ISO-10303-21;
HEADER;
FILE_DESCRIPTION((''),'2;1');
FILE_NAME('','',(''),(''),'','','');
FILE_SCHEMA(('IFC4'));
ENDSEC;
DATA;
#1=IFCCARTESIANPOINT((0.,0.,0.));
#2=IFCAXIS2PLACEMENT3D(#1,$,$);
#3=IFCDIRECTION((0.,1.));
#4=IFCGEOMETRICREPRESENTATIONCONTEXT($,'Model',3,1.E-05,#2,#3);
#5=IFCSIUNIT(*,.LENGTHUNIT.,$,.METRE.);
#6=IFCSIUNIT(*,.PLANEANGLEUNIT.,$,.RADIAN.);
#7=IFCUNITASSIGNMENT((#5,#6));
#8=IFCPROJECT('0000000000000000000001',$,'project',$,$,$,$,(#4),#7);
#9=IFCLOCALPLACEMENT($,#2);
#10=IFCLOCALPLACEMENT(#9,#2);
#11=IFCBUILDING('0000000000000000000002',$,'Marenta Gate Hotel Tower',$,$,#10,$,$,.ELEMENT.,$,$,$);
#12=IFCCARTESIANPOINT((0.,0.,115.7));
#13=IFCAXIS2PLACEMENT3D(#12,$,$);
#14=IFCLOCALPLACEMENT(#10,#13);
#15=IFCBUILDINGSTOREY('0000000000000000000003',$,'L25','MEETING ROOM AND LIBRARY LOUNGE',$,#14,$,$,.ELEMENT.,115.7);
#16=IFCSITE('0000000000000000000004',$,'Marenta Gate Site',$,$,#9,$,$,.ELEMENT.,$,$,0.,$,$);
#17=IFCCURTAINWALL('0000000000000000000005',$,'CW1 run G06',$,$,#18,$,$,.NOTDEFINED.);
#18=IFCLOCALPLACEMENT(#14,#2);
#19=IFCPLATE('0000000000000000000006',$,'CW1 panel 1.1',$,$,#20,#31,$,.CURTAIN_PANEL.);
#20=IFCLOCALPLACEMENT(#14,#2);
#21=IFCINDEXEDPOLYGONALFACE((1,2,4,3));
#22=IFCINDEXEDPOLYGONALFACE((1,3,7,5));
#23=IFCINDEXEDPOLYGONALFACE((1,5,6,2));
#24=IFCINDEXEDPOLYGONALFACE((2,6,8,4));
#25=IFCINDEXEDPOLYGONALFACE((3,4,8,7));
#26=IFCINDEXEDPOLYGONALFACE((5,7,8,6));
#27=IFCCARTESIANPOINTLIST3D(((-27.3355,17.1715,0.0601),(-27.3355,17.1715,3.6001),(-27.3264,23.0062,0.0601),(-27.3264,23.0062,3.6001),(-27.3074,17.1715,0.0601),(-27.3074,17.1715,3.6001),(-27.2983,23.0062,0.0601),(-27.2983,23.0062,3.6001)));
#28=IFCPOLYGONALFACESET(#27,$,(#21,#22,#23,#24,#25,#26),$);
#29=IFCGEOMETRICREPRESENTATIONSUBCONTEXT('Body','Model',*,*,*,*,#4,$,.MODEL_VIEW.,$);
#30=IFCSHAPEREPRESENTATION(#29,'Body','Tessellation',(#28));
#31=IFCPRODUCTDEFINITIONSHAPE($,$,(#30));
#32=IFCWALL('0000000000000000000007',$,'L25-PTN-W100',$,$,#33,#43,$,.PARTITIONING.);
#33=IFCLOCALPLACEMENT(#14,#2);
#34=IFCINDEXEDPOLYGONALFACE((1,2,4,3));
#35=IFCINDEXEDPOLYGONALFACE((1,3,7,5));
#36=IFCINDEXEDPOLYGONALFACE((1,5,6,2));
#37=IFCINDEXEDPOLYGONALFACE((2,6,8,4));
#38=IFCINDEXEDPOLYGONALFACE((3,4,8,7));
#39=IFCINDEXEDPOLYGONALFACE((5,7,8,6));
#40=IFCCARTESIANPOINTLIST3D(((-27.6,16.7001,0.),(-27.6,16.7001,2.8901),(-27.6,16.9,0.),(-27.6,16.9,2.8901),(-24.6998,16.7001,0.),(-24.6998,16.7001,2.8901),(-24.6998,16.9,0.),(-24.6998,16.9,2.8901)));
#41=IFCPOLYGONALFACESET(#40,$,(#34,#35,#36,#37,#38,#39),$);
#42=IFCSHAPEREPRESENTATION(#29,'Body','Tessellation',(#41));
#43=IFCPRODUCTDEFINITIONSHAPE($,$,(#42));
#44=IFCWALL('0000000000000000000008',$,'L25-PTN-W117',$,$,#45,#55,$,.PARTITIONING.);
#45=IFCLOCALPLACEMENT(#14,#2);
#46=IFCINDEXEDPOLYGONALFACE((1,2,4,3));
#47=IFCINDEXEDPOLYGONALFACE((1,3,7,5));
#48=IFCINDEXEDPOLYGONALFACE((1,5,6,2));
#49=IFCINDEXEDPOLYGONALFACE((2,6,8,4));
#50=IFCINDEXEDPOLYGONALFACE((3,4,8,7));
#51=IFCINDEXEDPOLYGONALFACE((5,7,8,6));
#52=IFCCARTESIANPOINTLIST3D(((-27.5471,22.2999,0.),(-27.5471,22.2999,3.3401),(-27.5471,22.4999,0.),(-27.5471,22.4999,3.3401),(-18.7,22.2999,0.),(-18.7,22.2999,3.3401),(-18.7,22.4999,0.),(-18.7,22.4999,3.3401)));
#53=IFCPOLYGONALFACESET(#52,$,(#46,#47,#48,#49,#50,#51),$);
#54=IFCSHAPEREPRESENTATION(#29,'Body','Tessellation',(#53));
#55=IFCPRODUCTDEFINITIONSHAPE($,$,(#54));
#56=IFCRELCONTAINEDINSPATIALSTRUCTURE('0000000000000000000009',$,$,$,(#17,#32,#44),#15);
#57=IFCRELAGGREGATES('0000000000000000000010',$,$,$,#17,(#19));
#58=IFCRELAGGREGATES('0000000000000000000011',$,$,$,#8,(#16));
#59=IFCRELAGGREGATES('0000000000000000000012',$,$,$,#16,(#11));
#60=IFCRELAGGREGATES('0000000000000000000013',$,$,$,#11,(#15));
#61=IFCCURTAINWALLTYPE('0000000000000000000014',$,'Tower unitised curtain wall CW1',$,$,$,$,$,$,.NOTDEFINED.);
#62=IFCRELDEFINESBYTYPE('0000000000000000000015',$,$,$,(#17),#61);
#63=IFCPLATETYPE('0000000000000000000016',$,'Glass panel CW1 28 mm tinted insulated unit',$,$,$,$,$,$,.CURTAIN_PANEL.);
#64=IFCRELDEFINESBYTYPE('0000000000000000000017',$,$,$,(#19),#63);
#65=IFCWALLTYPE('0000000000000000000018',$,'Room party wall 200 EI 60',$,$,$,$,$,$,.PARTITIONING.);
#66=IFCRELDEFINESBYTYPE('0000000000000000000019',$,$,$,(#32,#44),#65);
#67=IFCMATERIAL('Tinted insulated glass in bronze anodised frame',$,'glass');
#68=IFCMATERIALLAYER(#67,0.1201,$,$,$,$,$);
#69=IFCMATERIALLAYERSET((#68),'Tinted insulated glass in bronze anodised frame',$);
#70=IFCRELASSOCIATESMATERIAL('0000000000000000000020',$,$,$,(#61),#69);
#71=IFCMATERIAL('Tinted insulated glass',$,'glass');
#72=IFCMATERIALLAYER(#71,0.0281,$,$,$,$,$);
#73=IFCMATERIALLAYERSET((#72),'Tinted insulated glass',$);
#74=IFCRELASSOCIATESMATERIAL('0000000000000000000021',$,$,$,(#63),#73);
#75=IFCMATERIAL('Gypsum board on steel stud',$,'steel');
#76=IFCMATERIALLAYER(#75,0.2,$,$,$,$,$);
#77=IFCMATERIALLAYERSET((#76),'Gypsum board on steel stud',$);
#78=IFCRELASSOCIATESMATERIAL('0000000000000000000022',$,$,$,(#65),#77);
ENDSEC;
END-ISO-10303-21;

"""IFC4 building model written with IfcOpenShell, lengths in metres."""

from ifc_helpers import new_model, si_unit, direction, frame, frame_2d, origin, origin_2d, place, context, subcontext, project, spatial, rectangle, extrude, material, layer, layer_set, type_object, element, aggregate, save


model = new_model("IFC4")

# Units and contexts
model_context = context("Model", 3, precision=1e-05, world=origin(), true_north=direction((0.0, 1.0)))
body_context = subcontext(model_context, "Body", "Model", "MODEL_VIEW")
ifc_project = project(units=[si_unit("LENGTHUNIT", "METRE"), si_unit("PLANEANGLEUNIT", "RADIAN")], contexts=[model_context])

# Site, building, storey
site_placement = place(None, origin())
site = spatial("IfcSite", under=ifc_project, at=site_placement, Name="Marenta Gate Site", CompositionType="ELEMENT", RefElevation=0.0)
building_placement = place(site_placement, origin())
building = spatial("IfcBuilding", under=site, at=building_placement, Name="Marenta Gate Hotel Tower", CompositionType="ELEMENT")
storey_placement = place(building_placement, frame((0.0, 0.0, 115.7)))
storey = spatial("IfcBuildingStorey", under=building, at=storey_placement, Name="L25", Description="MEETING ROOM AND LIBRARY LOUNGE", CompositionType="ELEMENT", Elevation=115.7)

# Shared definitions
ifc_material_1 = material(Name="Tinted insulated glass in bronze anodised frame", Category="glass")
ifc_layer_1 = layer(ifc_material_1, 0.1201)
ifc_layer_set_1 = layer_set([ifc_layer_1], Name="Tinted insulated glass in bronze anodised frame")
curtain_wall_type = type_object("IfcCurtainWallType", Name="Tower unitised curtain wall CW1", PredefinedType="NOTDEFINED", material=ifc_layer_set_1)

# Curtain wall
curtain_wall_1_placement = place(storey_placement, origin())
curtain_wall_1 = element("IfcCurtainWall", 1, at=curtain_wall_1_placement, inside=storey, type_object=curtain_wall_type, Name="CW1 run G06", PredefinedType="NOTDEFINED")

# Shared definitions
ifc_material_2 = material(Name="Tinted insulated glass", Category="glass")
ifc_layer_2 = layer(ifc_material_2, 0.0281)
ifc_layer_set_2 = layer_set([ifc_layer_2], Name="Tinted insulated glass")
plate_type = type_object("IfcPlateType", Name="Glass panel CW1 28 mm tinted insulated unit", PredefinedType="CURTAIN_PANEL", material=ifc_layer_set_2)

# Plate
plate_1_placement = place(storey_placement, frame((-27.3169, 20.0889, 0.0601), z_axis=(0.0, 0.0, 1.0), x_axis=(-0.00157, -0.999999, 0.0)))
plate_1 = element("IfcPlate", 2, at=plate_1_placement, type_object=plate_type, Name="CW1 panel 1.1", PredefinedType="CURTAIN_PANEL", context=body_context, shape_type="SweptSolid", body=[
    extrude(rectangle(XDim=5.8347, YDim=0.0281, at=origin_2d()), origin(), (0.0, 0.0, 1.0), 3.54),
])
aggregate(curtain_wall_1, [plate_1])

# Walls
ifc_material_3 = material(Name="Gypsum board on steel stud", Category="steel")
ifc_layer_3 = layer(ifc_material_3, 0.2)
ifc_layer_set_3 = layer_set([ifc_layer_3], Name="Gypsum board on steel stud")
wall_type_1 = type_object("IfcWallType", Name="Room party wall 200 EI 60", PredefinedType="PARTITIONING", material=ifc_layer_set_3)
wall_1_placement = place(storey_placement, frame((-27.6001, 16.8, 0.0), z_axis=(0.0, 0.0, 1.0), x_axis=(1.0, 0.0, 0.0)))
element("IfcWall", 3, at=wall_1_placement, inside=storey, type_object=wall_type_1, Name="L25-PTN-W100", PredefinedType="PARTITIONING", context=body_context, shape_type="SweptSolid", body=[
    extrude(rectangle(XDim=2.9001, YDim=0.2, at=frame_2d((1.4502, 0.0))), origin(), (0.0, 0.0, 1.0), 2.8901),
])
wall_2_placement = place(storey_placement, frame((-27.5471, 22.3999, 0.0), z_axis=(0.0, 0.0, 1.0), x_axis=(1.0, 0.0, 0.0)))
element("IfcWall", 4, at=wall_2_placement, inside=storey, type_object=wall_type_1, Name="L25-PTN-W117", PredefinedType="PARTITIONING", context=body_context, shape_type="SweptSolid", body=[
    extrude(rectangle(XDim=8.8472, YDim=0.2, at=frame_2d((4.4236, 0.0))), origin(), (0.0, 0.0, 1.0), 3.3401),
])

save(model, "model.ifc")
